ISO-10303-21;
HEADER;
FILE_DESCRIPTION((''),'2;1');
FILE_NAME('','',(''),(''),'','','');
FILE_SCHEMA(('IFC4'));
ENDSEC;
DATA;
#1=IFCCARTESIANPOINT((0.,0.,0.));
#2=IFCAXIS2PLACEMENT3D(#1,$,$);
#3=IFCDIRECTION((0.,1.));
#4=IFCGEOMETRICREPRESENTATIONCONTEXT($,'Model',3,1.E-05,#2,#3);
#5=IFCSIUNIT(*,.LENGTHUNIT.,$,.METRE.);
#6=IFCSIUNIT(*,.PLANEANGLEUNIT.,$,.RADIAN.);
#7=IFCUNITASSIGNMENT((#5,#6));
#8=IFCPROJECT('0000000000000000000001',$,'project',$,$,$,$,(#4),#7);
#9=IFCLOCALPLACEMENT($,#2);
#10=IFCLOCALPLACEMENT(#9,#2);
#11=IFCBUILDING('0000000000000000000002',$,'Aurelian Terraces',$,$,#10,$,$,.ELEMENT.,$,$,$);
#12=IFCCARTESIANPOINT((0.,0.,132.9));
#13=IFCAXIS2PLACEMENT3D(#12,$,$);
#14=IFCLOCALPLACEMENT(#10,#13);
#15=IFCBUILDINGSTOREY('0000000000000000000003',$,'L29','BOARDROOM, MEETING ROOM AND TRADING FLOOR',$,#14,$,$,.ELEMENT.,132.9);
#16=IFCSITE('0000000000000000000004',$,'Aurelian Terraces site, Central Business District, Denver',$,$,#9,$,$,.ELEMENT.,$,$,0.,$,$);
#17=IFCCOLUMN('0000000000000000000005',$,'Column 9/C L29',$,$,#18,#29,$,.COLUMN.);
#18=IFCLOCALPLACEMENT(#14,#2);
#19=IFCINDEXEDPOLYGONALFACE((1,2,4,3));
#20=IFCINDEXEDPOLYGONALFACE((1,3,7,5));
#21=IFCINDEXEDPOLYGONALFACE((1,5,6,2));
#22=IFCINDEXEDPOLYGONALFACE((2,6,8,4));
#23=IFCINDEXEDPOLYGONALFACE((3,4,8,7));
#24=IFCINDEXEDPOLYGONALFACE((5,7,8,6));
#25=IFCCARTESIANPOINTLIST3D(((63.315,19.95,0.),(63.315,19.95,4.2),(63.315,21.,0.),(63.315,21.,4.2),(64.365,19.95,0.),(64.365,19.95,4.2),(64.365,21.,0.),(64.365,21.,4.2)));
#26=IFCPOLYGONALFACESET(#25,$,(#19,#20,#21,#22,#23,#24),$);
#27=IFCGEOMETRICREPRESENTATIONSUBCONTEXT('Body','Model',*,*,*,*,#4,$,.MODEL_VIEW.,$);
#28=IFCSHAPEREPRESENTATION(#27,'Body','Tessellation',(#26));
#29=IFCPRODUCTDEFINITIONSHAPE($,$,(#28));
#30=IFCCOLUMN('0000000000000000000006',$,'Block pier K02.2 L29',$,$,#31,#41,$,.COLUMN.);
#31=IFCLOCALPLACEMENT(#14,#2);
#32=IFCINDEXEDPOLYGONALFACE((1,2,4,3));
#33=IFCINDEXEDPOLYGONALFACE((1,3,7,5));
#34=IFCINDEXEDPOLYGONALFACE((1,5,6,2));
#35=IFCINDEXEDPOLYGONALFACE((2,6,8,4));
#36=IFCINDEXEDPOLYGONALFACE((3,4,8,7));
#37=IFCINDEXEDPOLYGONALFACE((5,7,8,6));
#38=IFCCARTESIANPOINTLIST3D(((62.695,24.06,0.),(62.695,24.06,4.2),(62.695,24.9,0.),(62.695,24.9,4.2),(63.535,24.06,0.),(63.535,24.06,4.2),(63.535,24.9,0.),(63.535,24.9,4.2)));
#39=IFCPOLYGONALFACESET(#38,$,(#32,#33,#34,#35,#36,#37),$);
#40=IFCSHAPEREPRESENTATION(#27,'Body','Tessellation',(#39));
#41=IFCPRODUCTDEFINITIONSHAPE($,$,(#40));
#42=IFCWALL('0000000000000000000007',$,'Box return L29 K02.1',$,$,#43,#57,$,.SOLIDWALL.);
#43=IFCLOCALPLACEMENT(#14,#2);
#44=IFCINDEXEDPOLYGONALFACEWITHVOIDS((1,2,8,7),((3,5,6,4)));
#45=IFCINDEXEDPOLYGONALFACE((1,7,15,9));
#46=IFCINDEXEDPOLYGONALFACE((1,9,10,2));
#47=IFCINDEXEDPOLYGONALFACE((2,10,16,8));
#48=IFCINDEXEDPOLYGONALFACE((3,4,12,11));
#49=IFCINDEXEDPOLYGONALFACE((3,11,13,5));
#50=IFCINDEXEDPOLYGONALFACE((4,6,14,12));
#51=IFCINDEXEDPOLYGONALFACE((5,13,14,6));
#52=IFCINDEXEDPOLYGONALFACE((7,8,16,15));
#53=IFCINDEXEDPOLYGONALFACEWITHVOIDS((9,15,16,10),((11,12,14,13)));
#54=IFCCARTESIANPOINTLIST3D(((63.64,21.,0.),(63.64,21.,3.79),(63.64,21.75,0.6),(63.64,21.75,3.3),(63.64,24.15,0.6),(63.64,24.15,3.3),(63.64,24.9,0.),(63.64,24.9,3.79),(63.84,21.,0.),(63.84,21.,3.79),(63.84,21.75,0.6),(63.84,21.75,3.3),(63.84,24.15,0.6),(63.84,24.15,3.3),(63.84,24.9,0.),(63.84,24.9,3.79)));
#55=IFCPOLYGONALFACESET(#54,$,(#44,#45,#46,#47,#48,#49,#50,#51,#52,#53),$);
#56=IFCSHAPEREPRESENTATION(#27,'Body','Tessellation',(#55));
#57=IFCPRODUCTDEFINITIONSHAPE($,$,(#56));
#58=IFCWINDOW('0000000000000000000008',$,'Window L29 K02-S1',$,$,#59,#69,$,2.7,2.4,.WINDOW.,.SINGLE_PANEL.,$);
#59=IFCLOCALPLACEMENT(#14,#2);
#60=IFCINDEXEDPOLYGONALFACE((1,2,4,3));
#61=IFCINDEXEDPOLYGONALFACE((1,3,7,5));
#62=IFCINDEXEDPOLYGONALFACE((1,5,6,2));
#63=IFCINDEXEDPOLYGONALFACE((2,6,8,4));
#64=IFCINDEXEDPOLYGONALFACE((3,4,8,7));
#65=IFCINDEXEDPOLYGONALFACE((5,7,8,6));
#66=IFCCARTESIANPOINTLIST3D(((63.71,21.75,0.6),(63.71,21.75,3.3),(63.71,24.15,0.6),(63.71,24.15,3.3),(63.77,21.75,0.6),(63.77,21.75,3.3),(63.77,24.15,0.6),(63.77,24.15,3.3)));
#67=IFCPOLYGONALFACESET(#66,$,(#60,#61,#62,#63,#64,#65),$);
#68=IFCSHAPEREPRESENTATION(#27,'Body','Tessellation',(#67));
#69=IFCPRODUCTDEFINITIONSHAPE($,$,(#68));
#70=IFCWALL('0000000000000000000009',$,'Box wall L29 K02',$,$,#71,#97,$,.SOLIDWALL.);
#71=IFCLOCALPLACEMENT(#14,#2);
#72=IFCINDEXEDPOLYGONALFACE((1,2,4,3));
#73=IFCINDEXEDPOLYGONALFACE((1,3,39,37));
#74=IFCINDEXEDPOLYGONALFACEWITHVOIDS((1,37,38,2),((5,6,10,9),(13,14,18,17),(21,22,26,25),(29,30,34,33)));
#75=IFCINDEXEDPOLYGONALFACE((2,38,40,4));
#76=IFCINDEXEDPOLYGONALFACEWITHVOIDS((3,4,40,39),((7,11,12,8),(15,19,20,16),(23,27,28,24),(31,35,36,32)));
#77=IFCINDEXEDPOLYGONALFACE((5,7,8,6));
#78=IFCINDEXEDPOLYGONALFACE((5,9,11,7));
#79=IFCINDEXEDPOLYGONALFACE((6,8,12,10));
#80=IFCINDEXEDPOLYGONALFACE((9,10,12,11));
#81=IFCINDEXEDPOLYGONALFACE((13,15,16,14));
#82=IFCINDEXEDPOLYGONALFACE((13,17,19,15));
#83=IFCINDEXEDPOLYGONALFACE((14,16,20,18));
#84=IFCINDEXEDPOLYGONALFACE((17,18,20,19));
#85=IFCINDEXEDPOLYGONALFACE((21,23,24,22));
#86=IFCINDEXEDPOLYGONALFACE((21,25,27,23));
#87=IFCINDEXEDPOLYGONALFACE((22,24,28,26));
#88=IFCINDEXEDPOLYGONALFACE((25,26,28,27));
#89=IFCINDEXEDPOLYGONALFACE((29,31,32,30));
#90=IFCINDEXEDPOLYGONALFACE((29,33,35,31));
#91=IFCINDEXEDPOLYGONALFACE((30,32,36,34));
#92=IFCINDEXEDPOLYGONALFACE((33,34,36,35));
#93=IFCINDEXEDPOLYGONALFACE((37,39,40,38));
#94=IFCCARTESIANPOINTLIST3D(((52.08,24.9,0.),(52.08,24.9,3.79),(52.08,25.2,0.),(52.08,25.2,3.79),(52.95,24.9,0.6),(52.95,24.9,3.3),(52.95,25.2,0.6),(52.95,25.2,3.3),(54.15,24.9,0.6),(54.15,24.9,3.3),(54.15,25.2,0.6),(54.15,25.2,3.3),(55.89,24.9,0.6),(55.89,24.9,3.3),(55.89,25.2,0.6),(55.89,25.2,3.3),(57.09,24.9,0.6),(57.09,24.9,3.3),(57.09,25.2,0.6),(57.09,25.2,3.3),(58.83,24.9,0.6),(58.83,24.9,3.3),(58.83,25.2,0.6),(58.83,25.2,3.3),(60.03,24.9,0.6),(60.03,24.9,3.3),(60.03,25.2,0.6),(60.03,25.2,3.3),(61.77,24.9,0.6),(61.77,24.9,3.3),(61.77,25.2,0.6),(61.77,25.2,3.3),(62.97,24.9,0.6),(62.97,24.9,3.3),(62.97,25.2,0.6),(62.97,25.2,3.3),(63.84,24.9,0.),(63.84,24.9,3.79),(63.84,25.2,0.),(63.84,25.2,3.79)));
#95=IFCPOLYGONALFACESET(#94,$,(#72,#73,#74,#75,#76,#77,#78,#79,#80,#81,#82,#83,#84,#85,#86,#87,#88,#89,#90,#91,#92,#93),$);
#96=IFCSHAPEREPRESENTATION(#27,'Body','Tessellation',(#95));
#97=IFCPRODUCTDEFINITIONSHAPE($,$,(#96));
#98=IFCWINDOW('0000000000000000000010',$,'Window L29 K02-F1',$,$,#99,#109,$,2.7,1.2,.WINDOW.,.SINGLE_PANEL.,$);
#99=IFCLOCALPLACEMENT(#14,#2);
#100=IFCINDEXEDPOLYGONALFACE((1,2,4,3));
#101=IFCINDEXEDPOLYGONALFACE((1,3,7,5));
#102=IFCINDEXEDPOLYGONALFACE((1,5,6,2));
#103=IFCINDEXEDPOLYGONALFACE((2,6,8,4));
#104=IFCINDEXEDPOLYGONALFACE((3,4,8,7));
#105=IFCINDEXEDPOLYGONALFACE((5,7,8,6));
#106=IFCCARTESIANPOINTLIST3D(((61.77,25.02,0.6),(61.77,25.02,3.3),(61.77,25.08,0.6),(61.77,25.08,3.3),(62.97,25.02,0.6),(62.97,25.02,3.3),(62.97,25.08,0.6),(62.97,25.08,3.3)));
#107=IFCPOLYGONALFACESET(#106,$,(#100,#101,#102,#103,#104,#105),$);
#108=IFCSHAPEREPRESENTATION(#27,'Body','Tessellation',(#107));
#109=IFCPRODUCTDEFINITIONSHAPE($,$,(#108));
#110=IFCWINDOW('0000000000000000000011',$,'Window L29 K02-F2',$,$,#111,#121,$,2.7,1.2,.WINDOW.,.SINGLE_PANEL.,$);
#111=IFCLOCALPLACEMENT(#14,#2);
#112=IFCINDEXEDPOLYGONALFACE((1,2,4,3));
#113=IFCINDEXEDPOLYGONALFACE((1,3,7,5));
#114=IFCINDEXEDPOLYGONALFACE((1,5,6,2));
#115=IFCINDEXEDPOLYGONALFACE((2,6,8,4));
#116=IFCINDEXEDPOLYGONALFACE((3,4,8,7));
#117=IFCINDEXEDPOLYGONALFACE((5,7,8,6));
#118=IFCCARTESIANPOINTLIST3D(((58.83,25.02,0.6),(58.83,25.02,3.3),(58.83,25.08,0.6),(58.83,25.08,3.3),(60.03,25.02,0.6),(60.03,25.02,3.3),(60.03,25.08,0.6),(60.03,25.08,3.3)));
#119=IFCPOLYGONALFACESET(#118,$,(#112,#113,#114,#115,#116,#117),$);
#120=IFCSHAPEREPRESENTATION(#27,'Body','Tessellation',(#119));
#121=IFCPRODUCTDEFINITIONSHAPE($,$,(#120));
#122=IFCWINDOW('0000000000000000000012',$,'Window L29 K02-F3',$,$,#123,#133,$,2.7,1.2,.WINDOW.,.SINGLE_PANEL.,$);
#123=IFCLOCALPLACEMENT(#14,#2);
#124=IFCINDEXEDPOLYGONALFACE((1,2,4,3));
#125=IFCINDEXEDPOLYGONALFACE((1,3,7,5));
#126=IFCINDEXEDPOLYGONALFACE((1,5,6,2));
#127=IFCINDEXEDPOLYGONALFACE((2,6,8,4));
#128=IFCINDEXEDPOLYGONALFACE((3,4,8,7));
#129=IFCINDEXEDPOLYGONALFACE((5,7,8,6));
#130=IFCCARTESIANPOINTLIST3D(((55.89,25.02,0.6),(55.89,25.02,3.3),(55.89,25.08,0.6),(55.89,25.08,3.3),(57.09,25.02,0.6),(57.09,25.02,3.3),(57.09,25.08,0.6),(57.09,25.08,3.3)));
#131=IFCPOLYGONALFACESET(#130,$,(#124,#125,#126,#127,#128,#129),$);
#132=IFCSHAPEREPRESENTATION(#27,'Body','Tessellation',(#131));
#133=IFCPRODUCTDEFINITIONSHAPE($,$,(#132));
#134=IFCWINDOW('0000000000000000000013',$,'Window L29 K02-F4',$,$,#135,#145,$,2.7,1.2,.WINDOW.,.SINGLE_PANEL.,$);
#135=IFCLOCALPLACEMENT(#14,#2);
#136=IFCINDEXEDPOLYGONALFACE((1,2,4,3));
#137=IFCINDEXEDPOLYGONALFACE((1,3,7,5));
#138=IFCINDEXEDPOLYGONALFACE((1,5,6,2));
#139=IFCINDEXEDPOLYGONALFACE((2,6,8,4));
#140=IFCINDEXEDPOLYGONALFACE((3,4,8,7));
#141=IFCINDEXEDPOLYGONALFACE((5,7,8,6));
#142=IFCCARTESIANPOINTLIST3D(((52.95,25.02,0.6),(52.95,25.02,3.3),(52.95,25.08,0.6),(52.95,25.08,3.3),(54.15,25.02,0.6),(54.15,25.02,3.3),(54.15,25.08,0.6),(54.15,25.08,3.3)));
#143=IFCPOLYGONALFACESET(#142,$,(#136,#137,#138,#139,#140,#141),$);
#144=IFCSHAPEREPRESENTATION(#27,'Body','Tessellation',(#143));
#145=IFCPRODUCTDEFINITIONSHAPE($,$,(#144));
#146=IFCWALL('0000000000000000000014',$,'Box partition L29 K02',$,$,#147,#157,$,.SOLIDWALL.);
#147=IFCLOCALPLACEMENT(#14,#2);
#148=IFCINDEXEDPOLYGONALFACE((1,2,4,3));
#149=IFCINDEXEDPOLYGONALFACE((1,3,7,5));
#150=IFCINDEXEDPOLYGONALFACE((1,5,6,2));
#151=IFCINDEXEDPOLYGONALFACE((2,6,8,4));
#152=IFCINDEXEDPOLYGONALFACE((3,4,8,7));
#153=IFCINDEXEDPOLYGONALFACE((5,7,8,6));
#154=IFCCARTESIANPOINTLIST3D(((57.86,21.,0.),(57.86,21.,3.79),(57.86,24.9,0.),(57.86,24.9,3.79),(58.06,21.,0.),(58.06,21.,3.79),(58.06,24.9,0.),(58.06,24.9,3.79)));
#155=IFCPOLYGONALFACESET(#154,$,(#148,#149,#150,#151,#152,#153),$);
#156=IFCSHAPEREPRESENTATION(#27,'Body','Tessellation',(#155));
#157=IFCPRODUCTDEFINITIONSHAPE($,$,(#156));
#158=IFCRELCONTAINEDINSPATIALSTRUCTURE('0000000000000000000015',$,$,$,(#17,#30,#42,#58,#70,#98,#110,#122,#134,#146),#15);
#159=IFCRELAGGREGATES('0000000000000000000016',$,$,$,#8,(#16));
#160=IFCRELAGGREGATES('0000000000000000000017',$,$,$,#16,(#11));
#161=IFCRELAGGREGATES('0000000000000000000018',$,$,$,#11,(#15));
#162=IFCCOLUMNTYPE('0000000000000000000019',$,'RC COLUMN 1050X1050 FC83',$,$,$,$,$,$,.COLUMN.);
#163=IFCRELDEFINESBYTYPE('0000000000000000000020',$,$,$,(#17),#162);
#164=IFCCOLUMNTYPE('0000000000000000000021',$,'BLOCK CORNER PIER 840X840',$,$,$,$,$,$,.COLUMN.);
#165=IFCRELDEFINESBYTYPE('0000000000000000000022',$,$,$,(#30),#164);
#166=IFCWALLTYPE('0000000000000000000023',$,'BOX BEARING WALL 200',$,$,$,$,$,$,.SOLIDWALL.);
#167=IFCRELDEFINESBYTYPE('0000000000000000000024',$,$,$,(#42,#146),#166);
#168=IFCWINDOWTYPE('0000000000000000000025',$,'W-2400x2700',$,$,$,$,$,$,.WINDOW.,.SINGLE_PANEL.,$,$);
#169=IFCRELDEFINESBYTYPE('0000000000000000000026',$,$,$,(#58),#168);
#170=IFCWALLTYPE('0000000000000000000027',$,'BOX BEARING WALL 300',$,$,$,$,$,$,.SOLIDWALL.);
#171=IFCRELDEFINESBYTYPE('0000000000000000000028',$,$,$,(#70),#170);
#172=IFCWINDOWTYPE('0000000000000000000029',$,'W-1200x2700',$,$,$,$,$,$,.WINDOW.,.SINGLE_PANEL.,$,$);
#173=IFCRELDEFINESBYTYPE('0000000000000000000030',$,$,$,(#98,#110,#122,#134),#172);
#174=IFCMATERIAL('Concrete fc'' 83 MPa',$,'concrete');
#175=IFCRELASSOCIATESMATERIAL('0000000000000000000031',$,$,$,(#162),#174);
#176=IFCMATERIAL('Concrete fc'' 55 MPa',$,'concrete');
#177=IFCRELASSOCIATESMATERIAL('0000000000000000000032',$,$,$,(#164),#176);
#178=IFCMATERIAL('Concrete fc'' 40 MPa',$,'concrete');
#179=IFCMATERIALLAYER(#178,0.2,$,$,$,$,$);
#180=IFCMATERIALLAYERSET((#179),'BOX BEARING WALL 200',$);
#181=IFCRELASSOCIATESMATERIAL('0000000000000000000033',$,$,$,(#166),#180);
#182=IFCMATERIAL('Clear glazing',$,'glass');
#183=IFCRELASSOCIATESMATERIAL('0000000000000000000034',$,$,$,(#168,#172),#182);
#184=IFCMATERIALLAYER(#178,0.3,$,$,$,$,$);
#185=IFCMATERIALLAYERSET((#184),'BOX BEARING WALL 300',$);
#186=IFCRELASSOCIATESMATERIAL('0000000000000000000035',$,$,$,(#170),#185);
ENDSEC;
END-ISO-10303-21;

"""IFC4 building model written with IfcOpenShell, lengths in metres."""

from ifc_helpers import new_model, si_unit, direction, frame, frame_2d, origin, origin_2d, place, context, subcontext, project, spatial, rectangle, extrude, source, transform, mapped, material, layer, layer_set, material_profile, profile_set, type_object, element, fill, save


model = new_model("IFC4")

# Units and contexts
model_context = context("Model", 3, precision=1e-05, world=origin(), true_north=direction((0.0, 1.0)))
body_context = subcontext(model_context, "Body", "Model", "MODEL_VIEW")
ifc_project = project(units=[si_unit("LENGTHUNIT", "METRE"), si_unit("PLANEANGLEUNIT", "RADIAN")], contexts=[model_context])

# Site, building, storey
site_placement = place(None, origin())
site = spatial("IfcSite", under=ifc_project, at=site_placement, Name="Aurelian Terraces site, Central Business District, Denver", CompositionType="ELEMENT", RefElevation=0.0)
building_placement = place(site_placement, origin())
building = spatial("IfcBuilding", under=site, at=building_placement, Name="Aurelian Terraces", CompositionType="ELEMENT")
storey_placement = place(building_placement, frame((0.0, 0.0, 132.9)))
storey = spatial("IfcBuildingStorey", under=building, at=storey_placement, Name="L29", Description="BOARDROOM, MEETING ROOM AND TRADING FLOOR", CompositionType="ELEMENT", Elevation=132.9)

# Columns
ifc_material_1 = material(Name="Concrete fc' 83 MPa", Category="concrete")
ifc_material_profile_1 = material_profile(ifc_material_1, rectangle(XDim=1.05, YDim=1.05, at=origin_2d()))
ifc_profile_set_1 = profile_set([ifc_material_profile_1], Name="Concrete fc' 83 MPa")
column_type_1 = type_object("IfcColumnType", Name="RC COLUMN 1050X1050 FC83", PredefinedType="COLUMN", material=ifc_profile_set_1)
shared_shape_1 = source(origin(), body_context, "Body", "SweptSolid", [
    extrude(rectangle(XDim=1.05, YDim=1.05, at=origin_2d()), origin(), (0.0, 0.0, 1.0), 4.2),
])
column_1_placement = place(storey_placement, frame((63.84, 20.475, 0.0), z_axis=(0.0, 0.0, 1.0), x_axis=(1.0, 0.0, 0.0)))
element("IfcColumn", 1, at=column_1_placement, inside=storey, type_object=column_type_1, Name="Column 9/C L29", PredefinedType="COLUMN", context=body_context, shape_type="MappedRepresentation", body=[
    mapped(shared_shape_1, transform((0.0, 0.0, 0.0), scale=1.0)),
])
ifc_material_2 = material(Name="Concrete fc' 55 MPa", Category="concrete")
ifc_material_profile_2 = material_profile(ifc_material_2, rectangle(XDim=0.84, YDim=0.84, at=origin_2d()))
ifc_profile_set_2 = profile_set([ifc_material_profile_2], Name="Concrete fc' 55 MPa")
column_type_2 = type_object("IfcColumnType", Name="BLOCK CORNER PIER 840X840", PredefinedType="COLUMN", material=ifc_profile_set_2)
shared_shape_2 = source(origin(), body_context, "Body", "SweptSolid", [
    extrude(rectangle(XDim=0.84, YDim=0.84, at=origin_2d()), origin(), (0.0, 0.0, 1.0), 4.2),
])
column_2_placement = place(storey_placement, frame((63.115, 24.48, 0.0), z_axis=(0.0, 0.0, 1.0), x_axis=(1.0, 0.0, 0.0)))
element("IfcColumn", 2, at=column_2_placement, inside=storey, type_object=column_type_2, Name="Block pier K02.2 L29", PredefinedType="COLUMN", context=body_context, shape_type="MappedRepresentation", body=[
    mapped(shared_shape_2, transform((0.0, 0.0, 0.0), scale=1.0)),
])

# Wall, opening, window
ifc_material_3 = material(Name="Concrete fc' 40 MPa", Category="concrete")
ifc_layer_1 = layer(ifc_material_3, 0.2)
ifc_layer_set_1 = layer_set([ifc_layer_1], Name="BOX BEARING WALL 200")
wall_type_1 = type_object("IfcWallType", Name="BOX BEARING WALL 200", PredefinedType="SOLIDWALL", material=ifc_layer_set_1)
shared_shape_3 = source(origin(), body_context, "Body", "SweptSolid", [
    extrude(rectangle(XDim=3.9, YDim=0.2, at=frame_2d((1.95, 0.0))), origin(), (0.0, 0.0, 1.0), 3.79),
])
wall_1_placement = place(storey_placement, frame((63.74, 21.0, 0.0), z_axis=(0.0, 0.0, 1.0), x_axis=(0.0, 1.0, 0.0)))
wall_1 = element("IfcWall", 3, at=wall_1_placement, inside=storey, type_object=wall_type_1, Name="Box return L29 K02.1", PredefinedType="SOLIDWALL", context=body_context, shape_type="MappedRepresentation", body=[
    mapped(shared_shape_3, transform((0.0, 0.0, 0.0), scale=1.0)),
])
shared_shape_4 = source(origin(), body_context, "Body", "SweptSolid", [
    extrude(rectangle(XDim=2.4, YDim=2.7, at=frame_2d((1.2, 1.35))), frame((0.0, 0.11, 0.0), z_axis=(0.0, -1.0, 0.0), x_axis=(1.0, 0.0, 0.0)), (0.0, 0.0, 1.0), 0.22),
])
opening_1_placement = place(wall_1_placement, frame((0.75, 0.0, 0.6)))
opening_1 = element("IfcOpeningElement", 4, at=opening_1_placement, cuts=wall_1, PredefinedType="OPENING", context=body_context, shape_type="MappedRepresentation", body=[
    mapped(shared_shape_4, transform((0.0, 0.0, 0.0), scale=1.0)),
])
ifc_material_4 = material(Name="Clear glazing", Category="glass")
window_type_1 = type_object("IfcWindowType", Name="W-2400x2700", PartitioningType="SINGLE_PANEL", PredefinedType="WINDOW", material=ifc_material_4)
shared_shape_5 = source(origin(), body_context, "Body", "SweptSolid", [
    extrude(rectangle(XDim=2.4, YDim=2.7, at=frame_2d((1.2, 1.35))), frame((0.0, 0.03, 0.0), z_axis=(0.0, -1.0, 0.0), x_axis=(1.0, 0.0, 0.0)), (0.0, 0.0, 1.0), 0.06),
])
window_1_placement = place(opening_1_placement, origin())
window_1 = element("IfcWindow", 5, at=window_1_placement, inside=storey, type_object=window_type_1, Name="Window L29 K02-S1", OverallHeight=2.7, OverallWidth=2.4, PartitioningType="SINGLE_PANEL", PredefinedType="WINDOW", context=body_context, shape_type="MappedRepresentation", body=[
    mapped(shared_shape_5, transform((0.0, 0.0, 0.0), scale=1.0)),
])
fill(opening_1, window_1)

# Wall, openings, windows
ifc_layer_2 = layer(ifc_material_3, 0.3)
ifc_layer_set_2 = layer_set([ifc_layer_2], Name="BOX BEARING WALL 300")
wall_type_2 = type_object("IfcWallType", Name="BOX BEARING WALL 300", PredefinedType="SOLIDWALL", material=ifc_layer_set_2)
shared_shape_6 = source(origin(), body_context, "Body", "SweptSolid", [
    extrude(rectangle(XDim=11.76, YDim=0.3, at=frame_2d((5.88, 0.0))), origin(), (0.0, 0.0, 1.0), 3.79),
])
wall_2_placement = place(storey_placement, frame((63.84, 25.05, 0.0), z_axis=(0.0, 0.0, 1.0), x_axis=(-1.0, 0.0, 0.0)))
wall_2 = element("IfcWall", 6, at=wall_2_placement, inside=storey, type_object=wall_type_2, Name="Box wall L29 K02", PredefinedType="SOLIDWALL", context=body_context, shape_type="MappedRepresentation", body=[
    mapped(shared_shape_6, transform((0.0, 0.0, 0.0), scale=1.0)),
])
shared_shape_7 = source(origin(), body_context, "Body", "SweptSolid", [
    extrude(rectangle(XDim=1.2, YDim=2.7, at=frame_2d((0.6, 1.35))), frame((0.0, 0.16, 0.0), z_axis=(0.0, -1.0, 0.0), x_axis=(1.0, 0.0, 0.0)), (0.0, 0.0, 1.0), 0.32),
])
opening_2_placement = place(wall_2_placement, frame((0.87, 0.0, 0.6)))
opening_2 = element("IfcOpeningElement", 7, at=opening_2_placement, cuts=wall_2, PredefinedType="OPENING", context=body_context, shape_type="MappedRepresentation", body=[
    mapped(shared_shape_7, transform((0.0, 0.0, 0.0), scale=1.0)),
])
opening_3_placement = place(wall_2_placement, frame((3.81, 0.0, 0.6)))
opening_3 = element("IfcOpeningElement", 8, at=opening_3_placement, cuts=wall_2, PredefinedType="OPENING", context=body_context, shape_type="MappedRepresentation", body=[
    mapped(shared_shape_7, transform((0.0, 0.0, 0.0), scale=1.0)),
])
opening_4_placement = place(wall_2_placement, frame((6.75, 0.0, 0.6)))
opening_4 = element("IfcOpeningElement", 9, at=opening_4_placement, cuts=wall_2, PredefinedType="OPENING", context=body_context, shape_type="MappedRepresentation", body=[
    mapped(shared_shape_7, transform((0.0, 0.0, 0.0), scale=1.0)),
])
opening_5_placement = place(wall_2_placement, frame((9.69, 0.0, 0.6)))
opening_5 = element("IfcOpeningElement", 10, at=opening_5_placement, cuts=wall_2, PredefinedType="OPENING", context=body_context, shape_type="MappedRepresentation", body=[
    mapped(shared_shape_7, transform((0.0, 0.0, 0.0), scale=1.0)),
])
window_type_2 = type_object("IfcWindowType", Name="W-1200x2700", PartitioningType="SINGLE_PANEL", PredefinedType="WINDOW", material=ifc_material_4)
shared_shape_8 = source(origin(), body_context, "Body", "SweptSolid", [
    extrude(rectangle(XDim=1.2, YDim=2.7, at=frame_2d((0.6, 1.35))), frame((0.0, 0.03, 0.0), z_axis=(0.0, -1.0, 0.0), x_axis=(1.0, 0.0, 0.0)), (0.0, 0.0, 1.0), 0.06),
])
window_2_placement = place(opening_2_placement, origin())
window_2 = element("IfcWindow", 11, at=window_2_placement, inside=storey, type_object=window_type_2, Name="Window L29 K02-F1", OverallHeight=2.7, OverallWidth=1.2, PartitioningType="SINGLE_PANEL", PredefinedType="WINDOW", context=body_context, shape_type="MappedRepresentation", body=[
    mapped(shared_shape_8, transform((0.0, 0.0, 0.0), scale=1.0)),
])
fill(opening_2, window_2)
window_3_placement = place(opening_3_placement, origin())
window_3 = element("IfcWindow", 12, at=window_3_placement, inside=storey, type_object=window_type_2, Name="Window L29 K02-F2", OverallHeight=2.7, OverallWidth=1.2, PartitioningType="SINGLE_PANEL", PredefinedType="WINDOW", context=body_context, shape_type="MappedRepresentation", body=[
    mapped(shared_shape_8, transform((0.0, 0.0, 0.0), scale=1.0)),
])
fill(opening_3, window_3)
window_4_placement = place(opening_4_placement, origin())
window_4 = element("IfcWindow", 13, at=window_4_placement, inside=storey, type_object=window_type_2, Name="Window L29 K02-F3", OverallHeight=2.7, OverallWidth=1.2, PartitioningType="SINGLE_PANEL", PredefinedType="WINDOW", context=body_context, shape_type="MappedRepresentation", body=[
    mapped(shared_shape_8, transform((0.0, 0.0, 0.0), scale=1.0)),
])
fill(opening_4, window_4)
window_5_placement = place(opening_5_placement, origin())
window_5 = element("IfcWindow", 14, at=window_5_placement, inside=storey, type_object=window_type_2, Name="Window L29 K02-F4", OverallHeight=2.7, OverallWidth=1.2, PartitioningType="SINGLE_PANEL", PredefinedType="WINDOW", context=body_context, shape_type="MappedRepresentation", body=[
    mapped(shared_shape_8, transform((0.0, 0.0, 0.0), scale=1.0)),
])
fill(opening_5, window_5)

# Wall
shared_shape_9 = source(origin(), body_context, "Body", "SweptSolid", [
    extrude(rectangle(XDim=3.9, YDim=0.2, at=frame_2d((1.95, 0.0))), origin(), (0.0, 0.0, 1.0), 3.79),
])
wall_3_placement = place(storey_placement, frame((57.96, 21.0, 0.0), z_axis=(0.0, 0.0, 1.0), x_axis=(0.0, 1.0, 0.0)))
element("IfcWall", 15, at=wall_3_placement, inside=storey, type_object=wall_type_1, Name="Box partition L29 K02", PredefinedType="SOLIDWALL", context=body_context, shape_type="MappedRepresentation", body=[
    mapped(shared_shape_9, transform((0.0, 0.0, 0.0), scale=1.0)),
])

save(model, "model.ifc")
